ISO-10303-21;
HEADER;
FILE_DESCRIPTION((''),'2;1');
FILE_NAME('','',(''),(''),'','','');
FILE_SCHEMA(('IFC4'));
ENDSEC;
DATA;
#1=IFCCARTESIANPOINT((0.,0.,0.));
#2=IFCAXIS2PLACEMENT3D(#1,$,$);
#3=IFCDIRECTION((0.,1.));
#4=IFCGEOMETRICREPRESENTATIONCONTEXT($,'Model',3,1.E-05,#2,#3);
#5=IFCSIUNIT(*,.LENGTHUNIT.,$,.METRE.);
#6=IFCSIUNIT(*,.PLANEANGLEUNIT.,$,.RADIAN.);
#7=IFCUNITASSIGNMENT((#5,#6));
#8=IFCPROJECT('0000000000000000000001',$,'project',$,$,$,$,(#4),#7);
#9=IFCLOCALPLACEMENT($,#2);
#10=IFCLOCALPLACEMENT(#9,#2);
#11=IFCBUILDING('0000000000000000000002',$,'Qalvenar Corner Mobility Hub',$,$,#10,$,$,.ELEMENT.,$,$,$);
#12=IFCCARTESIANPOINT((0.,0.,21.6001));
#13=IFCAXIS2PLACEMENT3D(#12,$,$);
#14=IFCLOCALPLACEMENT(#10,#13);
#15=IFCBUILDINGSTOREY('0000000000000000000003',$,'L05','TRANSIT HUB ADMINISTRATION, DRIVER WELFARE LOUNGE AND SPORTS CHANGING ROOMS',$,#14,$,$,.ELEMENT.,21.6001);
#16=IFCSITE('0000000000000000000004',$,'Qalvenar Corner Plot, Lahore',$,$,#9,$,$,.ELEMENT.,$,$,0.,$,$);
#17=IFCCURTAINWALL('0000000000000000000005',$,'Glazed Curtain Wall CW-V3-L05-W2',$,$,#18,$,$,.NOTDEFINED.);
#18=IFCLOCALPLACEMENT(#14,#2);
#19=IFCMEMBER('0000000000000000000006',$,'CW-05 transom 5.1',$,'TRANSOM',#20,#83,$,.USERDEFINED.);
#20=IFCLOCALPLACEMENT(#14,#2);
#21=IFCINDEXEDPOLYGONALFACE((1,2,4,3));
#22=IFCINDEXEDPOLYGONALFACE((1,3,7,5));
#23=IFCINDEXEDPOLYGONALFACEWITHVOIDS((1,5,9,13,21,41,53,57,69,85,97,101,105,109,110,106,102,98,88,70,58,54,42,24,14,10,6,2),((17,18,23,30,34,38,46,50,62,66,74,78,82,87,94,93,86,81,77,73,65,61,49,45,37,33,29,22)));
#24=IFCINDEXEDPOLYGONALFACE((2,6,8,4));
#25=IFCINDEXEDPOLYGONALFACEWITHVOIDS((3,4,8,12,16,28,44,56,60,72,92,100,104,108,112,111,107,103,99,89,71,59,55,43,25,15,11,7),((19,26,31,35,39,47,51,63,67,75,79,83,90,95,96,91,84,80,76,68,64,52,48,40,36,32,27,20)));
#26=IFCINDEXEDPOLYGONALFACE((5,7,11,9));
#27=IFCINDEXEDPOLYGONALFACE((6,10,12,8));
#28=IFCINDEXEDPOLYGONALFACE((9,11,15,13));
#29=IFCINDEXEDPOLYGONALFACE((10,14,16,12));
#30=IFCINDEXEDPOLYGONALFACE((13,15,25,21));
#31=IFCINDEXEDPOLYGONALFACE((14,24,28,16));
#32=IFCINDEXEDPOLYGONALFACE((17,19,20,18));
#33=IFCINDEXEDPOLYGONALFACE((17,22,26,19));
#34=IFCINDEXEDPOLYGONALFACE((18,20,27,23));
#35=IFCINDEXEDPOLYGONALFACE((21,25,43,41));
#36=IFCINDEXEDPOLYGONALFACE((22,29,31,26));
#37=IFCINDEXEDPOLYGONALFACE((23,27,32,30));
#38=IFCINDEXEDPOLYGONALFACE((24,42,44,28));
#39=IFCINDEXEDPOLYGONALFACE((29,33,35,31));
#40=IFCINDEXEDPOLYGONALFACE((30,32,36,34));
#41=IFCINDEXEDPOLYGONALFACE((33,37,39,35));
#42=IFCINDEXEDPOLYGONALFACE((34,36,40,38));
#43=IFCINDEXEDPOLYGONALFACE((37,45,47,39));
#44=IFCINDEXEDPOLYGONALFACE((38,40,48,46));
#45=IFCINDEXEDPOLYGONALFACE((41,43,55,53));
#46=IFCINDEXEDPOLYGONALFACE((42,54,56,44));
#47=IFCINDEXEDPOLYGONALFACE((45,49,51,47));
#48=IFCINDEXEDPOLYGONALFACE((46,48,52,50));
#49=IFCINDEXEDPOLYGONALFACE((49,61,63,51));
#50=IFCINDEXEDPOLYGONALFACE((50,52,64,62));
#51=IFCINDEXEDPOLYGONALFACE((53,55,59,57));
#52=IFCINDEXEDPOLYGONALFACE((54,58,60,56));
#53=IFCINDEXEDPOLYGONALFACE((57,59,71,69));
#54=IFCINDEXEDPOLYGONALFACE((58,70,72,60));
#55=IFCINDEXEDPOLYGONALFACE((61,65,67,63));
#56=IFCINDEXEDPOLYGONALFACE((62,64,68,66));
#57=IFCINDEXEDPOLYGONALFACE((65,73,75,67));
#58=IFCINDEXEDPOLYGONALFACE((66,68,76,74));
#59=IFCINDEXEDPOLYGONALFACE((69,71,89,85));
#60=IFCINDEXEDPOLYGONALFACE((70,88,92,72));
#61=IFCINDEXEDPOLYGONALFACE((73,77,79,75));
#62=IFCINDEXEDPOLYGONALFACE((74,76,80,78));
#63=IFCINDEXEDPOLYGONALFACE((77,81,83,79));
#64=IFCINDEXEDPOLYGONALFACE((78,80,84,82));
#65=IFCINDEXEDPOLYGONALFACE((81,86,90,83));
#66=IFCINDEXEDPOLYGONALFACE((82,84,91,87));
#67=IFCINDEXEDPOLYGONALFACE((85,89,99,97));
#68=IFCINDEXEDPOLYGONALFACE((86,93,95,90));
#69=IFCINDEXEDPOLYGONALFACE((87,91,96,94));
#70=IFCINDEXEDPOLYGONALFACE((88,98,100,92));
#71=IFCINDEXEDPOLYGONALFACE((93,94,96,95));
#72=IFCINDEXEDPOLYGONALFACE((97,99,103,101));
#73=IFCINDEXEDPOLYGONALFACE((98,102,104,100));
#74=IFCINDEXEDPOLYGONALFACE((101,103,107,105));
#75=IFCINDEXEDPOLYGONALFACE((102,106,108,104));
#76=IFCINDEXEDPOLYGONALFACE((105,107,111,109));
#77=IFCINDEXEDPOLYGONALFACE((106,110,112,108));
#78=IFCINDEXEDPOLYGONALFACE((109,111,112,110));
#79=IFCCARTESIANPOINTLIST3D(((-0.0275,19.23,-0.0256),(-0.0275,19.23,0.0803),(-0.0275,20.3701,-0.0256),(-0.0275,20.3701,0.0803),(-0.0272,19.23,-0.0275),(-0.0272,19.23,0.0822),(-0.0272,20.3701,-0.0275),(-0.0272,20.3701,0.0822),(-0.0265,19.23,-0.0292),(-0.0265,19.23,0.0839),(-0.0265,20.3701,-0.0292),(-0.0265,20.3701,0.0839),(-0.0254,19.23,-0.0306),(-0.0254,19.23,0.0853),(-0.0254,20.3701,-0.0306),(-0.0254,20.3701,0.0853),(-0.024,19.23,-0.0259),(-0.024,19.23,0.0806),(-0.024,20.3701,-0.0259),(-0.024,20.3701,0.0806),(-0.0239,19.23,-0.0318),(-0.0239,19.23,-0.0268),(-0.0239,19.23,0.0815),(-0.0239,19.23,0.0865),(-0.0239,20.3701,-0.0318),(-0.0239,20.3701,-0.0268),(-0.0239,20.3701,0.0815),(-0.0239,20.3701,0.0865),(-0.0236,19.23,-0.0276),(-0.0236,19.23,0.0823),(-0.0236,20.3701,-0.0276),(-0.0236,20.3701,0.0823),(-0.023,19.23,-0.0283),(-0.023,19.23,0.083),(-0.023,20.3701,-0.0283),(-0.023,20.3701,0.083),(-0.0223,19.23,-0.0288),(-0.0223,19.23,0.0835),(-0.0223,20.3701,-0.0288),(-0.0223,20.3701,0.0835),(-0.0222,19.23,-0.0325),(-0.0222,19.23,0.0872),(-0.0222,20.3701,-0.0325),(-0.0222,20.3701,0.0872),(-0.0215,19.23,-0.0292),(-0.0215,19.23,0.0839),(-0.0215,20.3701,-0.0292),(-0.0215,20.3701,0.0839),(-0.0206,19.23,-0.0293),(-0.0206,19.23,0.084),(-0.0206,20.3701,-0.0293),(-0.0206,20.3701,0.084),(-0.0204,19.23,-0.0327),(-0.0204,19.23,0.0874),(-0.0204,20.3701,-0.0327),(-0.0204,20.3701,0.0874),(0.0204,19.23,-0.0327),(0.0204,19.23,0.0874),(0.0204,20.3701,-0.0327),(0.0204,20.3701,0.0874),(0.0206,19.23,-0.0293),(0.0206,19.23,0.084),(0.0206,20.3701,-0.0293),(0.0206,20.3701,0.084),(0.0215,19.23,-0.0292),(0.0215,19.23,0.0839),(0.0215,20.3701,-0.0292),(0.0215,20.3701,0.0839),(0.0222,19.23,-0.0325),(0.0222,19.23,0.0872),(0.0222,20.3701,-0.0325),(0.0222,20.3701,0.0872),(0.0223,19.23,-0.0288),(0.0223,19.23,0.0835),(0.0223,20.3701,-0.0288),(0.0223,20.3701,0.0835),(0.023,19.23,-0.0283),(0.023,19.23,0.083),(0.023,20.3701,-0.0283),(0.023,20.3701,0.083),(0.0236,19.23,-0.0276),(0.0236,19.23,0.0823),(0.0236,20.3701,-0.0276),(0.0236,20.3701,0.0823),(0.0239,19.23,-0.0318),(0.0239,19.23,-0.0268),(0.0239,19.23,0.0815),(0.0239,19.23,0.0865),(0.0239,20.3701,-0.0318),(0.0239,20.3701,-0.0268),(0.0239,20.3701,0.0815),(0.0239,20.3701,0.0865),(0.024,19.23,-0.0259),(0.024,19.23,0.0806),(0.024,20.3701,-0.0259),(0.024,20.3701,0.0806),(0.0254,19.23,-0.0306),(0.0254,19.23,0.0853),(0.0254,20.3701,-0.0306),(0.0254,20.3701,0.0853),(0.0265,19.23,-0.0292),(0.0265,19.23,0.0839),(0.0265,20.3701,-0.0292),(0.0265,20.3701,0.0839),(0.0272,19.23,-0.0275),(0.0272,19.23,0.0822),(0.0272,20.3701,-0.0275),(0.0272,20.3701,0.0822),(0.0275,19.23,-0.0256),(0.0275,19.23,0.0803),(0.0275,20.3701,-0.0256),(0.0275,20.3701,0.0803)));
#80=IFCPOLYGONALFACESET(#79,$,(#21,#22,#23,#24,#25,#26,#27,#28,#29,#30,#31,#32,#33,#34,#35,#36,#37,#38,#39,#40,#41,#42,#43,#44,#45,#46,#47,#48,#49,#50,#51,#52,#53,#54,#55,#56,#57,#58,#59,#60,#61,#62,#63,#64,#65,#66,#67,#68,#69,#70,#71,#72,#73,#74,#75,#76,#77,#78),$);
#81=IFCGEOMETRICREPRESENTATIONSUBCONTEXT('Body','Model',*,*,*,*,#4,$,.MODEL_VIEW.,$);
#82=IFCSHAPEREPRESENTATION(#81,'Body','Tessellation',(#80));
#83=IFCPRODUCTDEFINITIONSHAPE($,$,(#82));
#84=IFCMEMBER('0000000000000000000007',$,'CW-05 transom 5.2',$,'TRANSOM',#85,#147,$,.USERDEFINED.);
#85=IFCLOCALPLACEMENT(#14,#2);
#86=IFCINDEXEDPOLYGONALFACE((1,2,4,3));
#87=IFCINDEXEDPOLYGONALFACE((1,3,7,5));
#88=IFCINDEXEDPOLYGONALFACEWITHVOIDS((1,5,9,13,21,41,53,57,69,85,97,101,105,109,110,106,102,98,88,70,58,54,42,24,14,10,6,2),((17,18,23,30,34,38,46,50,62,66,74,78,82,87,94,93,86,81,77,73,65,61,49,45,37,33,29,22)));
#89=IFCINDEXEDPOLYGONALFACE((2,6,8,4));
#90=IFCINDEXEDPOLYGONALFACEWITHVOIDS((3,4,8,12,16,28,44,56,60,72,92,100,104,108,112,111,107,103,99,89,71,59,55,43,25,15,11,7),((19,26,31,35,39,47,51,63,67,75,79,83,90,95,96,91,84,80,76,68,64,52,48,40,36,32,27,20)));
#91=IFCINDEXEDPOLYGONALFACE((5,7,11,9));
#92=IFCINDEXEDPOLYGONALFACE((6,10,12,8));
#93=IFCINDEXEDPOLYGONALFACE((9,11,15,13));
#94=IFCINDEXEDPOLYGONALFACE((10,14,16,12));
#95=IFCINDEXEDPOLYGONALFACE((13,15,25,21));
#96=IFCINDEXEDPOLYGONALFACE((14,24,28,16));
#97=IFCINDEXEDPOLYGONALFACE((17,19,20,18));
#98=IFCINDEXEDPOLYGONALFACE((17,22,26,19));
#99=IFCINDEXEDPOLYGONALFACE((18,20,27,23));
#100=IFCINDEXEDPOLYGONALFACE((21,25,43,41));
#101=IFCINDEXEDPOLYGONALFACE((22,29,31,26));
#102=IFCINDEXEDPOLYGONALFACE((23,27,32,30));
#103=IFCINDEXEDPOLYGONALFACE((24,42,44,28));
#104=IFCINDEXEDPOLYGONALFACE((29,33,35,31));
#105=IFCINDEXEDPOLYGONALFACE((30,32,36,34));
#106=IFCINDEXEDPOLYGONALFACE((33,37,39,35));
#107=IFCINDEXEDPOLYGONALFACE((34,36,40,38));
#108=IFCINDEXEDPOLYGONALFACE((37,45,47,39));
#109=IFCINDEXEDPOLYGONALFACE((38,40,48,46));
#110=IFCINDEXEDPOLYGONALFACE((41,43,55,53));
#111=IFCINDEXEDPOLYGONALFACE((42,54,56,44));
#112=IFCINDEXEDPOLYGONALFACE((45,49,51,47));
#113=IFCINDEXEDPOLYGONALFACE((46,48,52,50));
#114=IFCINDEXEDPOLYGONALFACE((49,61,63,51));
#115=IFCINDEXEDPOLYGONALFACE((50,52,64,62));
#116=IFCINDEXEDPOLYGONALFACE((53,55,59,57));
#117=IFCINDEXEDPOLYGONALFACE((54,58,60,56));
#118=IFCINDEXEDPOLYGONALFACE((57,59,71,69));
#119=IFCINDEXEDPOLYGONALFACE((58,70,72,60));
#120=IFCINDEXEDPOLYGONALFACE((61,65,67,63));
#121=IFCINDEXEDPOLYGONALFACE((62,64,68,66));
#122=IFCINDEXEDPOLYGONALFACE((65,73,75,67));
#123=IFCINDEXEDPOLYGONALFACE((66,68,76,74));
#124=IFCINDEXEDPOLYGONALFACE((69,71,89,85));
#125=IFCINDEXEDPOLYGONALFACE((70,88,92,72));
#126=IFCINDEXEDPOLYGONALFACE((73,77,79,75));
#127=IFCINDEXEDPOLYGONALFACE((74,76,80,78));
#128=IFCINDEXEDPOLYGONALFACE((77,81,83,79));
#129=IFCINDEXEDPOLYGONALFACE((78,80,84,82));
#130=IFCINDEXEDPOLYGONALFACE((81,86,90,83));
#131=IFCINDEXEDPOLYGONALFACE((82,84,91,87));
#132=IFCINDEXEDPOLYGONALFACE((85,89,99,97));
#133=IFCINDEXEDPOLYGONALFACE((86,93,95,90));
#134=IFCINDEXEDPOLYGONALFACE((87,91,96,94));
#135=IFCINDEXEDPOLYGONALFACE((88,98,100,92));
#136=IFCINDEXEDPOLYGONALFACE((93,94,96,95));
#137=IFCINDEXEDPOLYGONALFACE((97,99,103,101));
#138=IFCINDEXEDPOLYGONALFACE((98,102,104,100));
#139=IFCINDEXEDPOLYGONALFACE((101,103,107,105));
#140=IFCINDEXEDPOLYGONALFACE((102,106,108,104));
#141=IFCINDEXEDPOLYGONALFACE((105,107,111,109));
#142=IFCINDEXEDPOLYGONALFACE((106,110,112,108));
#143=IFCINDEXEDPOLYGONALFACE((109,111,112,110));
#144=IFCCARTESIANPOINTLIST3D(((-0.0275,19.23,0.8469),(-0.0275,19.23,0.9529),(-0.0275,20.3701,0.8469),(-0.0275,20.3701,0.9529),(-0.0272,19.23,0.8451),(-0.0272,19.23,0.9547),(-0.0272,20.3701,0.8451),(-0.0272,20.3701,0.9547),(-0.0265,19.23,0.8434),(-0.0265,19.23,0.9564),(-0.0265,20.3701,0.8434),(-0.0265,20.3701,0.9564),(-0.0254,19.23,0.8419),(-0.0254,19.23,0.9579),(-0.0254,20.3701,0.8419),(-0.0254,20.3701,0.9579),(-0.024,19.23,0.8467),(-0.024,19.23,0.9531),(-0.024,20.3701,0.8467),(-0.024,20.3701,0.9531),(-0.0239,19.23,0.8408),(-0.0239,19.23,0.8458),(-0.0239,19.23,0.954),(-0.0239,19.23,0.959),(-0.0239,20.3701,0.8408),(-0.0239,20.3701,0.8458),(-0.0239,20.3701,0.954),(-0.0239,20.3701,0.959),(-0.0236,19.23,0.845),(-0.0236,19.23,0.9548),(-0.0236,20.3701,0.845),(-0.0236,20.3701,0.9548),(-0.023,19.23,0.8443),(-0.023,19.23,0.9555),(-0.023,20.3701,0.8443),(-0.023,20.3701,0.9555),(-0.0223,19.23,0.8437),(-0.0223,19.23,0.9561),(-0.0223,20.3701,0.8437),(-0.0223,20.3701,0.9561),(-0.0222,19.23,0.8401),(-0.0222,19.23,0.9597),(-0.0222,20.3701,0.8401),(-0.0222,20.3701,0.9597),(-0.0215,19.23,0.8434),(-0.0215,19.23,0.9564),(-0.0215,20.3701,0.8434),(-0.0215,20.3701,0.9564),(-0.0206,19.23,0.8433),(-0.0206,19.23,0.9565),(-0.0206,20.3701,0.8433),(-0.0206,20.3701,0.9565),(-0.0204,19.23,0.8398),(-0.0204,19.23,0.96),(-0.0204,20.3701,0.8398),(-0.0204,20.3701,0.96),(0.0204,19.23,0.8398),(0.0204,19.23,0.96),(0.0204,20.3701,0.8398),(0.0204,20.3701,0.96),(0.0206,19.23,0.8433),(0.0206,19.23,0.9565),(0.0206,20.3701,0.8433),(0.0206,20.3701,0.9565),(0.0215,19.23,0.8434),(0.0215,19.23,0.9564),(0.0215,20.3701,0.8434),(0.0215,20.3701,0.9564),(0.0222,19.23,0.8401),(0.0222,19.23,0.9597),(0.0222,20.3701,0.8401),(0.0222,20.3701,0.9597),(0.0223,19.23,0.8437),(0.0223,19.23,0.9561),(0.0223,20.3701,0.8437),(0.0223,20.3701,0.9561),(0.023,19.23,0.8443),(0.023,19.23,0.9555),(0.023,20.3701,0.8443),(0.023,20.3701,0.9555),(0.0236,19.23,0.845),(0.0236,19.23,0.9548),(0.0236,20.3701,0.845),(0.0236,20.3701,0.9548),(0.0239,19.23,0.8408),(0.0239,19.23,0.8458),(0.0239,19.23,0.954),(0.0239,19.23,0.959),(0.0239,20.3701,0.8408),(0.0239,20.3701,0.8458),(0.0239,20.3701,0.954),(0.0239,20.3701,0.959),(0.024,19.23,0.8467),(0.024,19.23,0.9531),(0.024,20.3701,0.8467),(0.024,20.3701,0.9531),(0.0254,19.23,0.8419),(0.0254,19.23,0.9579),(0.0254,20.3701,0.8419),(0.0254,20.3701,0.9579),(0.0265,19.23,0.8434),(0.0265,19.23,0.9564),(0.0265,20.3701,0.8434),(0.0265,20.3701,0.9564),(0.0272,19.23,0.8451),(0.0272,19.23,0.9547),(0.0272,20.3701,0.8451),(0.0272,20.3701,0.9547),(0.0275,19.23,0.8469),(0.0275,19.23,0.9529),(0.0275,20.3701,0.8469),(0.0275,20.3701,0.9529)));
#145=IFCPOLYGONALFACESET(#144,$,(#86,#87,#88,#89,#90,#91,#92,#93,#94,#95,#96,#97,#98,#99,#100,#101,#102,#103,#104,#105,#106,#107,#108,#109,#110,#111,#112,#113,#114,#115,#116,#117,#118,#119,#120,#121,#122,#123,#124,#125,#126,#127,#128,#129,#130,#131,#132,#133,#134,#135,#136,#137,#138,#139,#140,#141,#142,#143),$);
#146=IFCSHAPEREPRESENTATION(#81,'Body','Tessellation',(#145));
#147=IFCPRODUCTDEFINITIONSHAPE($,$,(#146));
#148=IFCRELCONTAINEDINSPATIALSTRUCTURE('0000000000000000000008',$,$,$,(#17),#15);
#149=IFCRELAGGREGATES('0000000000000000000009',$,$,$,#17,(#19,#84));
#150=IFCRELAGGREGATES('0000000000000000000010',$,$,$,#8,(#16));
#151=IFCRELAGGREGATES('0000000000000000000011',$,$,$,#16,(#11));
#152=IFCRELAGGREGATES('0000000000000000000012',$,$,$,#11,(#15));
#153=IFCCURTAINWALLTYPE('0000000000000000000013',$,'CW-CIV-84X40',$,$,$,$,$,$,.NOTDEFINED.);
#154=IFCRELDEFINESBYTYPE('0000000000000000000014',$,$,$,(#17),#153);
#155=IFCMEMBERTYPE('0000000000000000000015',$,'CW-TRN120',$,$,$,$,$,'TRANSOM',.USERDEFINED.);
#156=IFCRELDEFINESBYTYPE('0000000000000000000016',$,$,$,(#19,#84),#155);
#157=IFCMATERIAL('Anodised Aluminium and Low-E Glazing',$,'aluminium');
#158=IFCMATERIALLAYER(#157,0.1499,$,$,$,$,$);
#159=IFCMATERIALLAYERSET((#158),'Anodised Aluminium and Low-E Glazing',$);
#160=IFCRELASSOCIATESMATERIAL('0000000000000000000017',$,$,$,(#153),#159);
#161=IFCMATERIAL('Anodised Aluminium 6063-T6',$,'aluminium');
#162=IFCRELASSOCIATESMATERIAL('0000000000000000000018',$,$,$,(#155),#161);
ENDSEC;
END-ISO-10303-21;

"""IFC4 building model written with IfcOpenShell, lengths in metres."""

from ifc_helpers import new_model, si_unit, direction, frame, origin, origin_2d, place, context, subcontext, project, spatial, hollow_rectangle, extrude, material, layer, layer_set, material_profile, profile_set, type_object, element, aggregate, save


model = new_model("IFC4")

# Units and contexts
model_context = context("Model", 3, precision=1e-05, world=origin(), true_north=direction((0.0, 1.0)))
body_context = subcontext(model_context, "Body", "Model", "MODEL_VIEW")
ifc_project = project(units=[si_unit("LENGTHUNIT", "METRE"), si_unit("PLANEANGLEUNIT", "RADIAN")], contexts=[model_context])

# Site, building, storey
site_placement = place(None, origin())
site = spatial("IfcSite", under=ifc_project, at=site_placement, Name="Qalvenar Corner Plot, Lahore", CompositionType="ELEMENT", RefElevation=0.0)
building_placement = place(site_placement, origin())
building = spatial("IfcBuilding", under=site, at=building_placement, Name="Qalvenar Corner Mobility Hub", CompositionType="ELEMENT")
storey_placement = place(building_placement, frame((0.0, 0.0, 21.6001)))
storey = spatial("IfcBuildingStorey", under=building, at=storey_placement, Name="L05", Description="TRANSIT HUB ADMINISTRATION, DRIVER WELFARE LOUNGE AND SPORTS CHANGING ROOMS", CompositionType="ELEMENT", Elevation=21.6001)

# Curtain wall, members
ifc_material_1 = material(Name="Anodised Aluminium and Low-E Glazing", Category="aluminium")
ifc_layer_1 = layer(ifc_material_1, 0.1499)
ifc_layer_set_1 = layer_set([ifc_layer_1], Name="Anodised Aluminium and Low-E Glazing")
curtain_wall_type = type_object("IfcCurtainWallType", Name="CW-CIV-84X40", PredefinedType="NOTDEFINED", material=ifc_layer_set_1)
curtain_wall_placement = place(storey_placement, origin())
curtain_wall = element("IfcCurtainWall", 1, at=curtain_wall_placement, inside=storey, type_object=curtain_wall_type, Name="Glazed Curtain Wall CW-V3-L05-W2", PredefinedType="NOTDEFINED")
ifc_material_2 = material(Name="Anodised Aluminium 6063-T6", Category="aluminium")
ifc_material_profile_1 = material_profile(ifc_material_2, hollow_rectangle(XDim=0.0549, YDim=0.1201, WallThickness=0.0034, InnerFilletRadius=0.0034, OuterFilletRadius=0.0071, at=origin_2d()), Name="RHS120x55x3.5")
ifc_profile_set_1 = profile_set([ifc_material_profile_1], Name="Anodised Aluminium 6063-T6")
member_type_1 = type_object("IfcMemberType", Name="CW-TRN120", ElementType="TRANSOM", PredefinedType="USERDEFINED", material=ifc_profile_set_1)
member_1_placement = place(storey_placement, frame((0.0, 20.3701, 0.0273), z_axis=(0.0, -1.0, 0.0), x_axis=(1.0, 0.0, 0.0)))
member_1 = element("IfcMember", 2, at=member_1_placement, type_object=member_type_1, Name="CW-05 transom 5.1", ObjectType="TRANSOM", PredefinedType="USERDEFINED", context=body_context, shape_type="SweptSolid", body=[
    extrude(hollow_rectangle(XDim=0.0549, YDim=0.1201, WallThickness=0.0034, InnerFilletRadius=0.0034, OuterFilletRadius=0.0071, at=origin_2d()), origin(), (0.0, 0.0, 1.0), 1.1401),
])
member_2_placement = place(storey_placement, frame((0.0, 20.3701, 0.8999), z_axis=(0.0, -1.0, 0.0), x_axis=(1.0, 0.0, 0.0)))
member_2 = element("IfcMember", 3, at=member_2_placement, type_object=member_type_1, Name="CW-05 transom 5.2", ObjectType="TRANSOM", PredefinedType="USERDEFINED", context=body_context, shape_type="SweptSolid", body=[
    extrude(hollow_rectangle(XDim=0.0549, YDim=0.1201, WallThickness=0.0034, InnerFilletRadius=0.0034, OuterFilletRadius=0.0071, at=origin_2d()), origin(), (0.0, 0.0, 1.0), 1.1401),
])
aggregate(curtain_wall, [member_1, member_2])

save(model, "model.ifc")
